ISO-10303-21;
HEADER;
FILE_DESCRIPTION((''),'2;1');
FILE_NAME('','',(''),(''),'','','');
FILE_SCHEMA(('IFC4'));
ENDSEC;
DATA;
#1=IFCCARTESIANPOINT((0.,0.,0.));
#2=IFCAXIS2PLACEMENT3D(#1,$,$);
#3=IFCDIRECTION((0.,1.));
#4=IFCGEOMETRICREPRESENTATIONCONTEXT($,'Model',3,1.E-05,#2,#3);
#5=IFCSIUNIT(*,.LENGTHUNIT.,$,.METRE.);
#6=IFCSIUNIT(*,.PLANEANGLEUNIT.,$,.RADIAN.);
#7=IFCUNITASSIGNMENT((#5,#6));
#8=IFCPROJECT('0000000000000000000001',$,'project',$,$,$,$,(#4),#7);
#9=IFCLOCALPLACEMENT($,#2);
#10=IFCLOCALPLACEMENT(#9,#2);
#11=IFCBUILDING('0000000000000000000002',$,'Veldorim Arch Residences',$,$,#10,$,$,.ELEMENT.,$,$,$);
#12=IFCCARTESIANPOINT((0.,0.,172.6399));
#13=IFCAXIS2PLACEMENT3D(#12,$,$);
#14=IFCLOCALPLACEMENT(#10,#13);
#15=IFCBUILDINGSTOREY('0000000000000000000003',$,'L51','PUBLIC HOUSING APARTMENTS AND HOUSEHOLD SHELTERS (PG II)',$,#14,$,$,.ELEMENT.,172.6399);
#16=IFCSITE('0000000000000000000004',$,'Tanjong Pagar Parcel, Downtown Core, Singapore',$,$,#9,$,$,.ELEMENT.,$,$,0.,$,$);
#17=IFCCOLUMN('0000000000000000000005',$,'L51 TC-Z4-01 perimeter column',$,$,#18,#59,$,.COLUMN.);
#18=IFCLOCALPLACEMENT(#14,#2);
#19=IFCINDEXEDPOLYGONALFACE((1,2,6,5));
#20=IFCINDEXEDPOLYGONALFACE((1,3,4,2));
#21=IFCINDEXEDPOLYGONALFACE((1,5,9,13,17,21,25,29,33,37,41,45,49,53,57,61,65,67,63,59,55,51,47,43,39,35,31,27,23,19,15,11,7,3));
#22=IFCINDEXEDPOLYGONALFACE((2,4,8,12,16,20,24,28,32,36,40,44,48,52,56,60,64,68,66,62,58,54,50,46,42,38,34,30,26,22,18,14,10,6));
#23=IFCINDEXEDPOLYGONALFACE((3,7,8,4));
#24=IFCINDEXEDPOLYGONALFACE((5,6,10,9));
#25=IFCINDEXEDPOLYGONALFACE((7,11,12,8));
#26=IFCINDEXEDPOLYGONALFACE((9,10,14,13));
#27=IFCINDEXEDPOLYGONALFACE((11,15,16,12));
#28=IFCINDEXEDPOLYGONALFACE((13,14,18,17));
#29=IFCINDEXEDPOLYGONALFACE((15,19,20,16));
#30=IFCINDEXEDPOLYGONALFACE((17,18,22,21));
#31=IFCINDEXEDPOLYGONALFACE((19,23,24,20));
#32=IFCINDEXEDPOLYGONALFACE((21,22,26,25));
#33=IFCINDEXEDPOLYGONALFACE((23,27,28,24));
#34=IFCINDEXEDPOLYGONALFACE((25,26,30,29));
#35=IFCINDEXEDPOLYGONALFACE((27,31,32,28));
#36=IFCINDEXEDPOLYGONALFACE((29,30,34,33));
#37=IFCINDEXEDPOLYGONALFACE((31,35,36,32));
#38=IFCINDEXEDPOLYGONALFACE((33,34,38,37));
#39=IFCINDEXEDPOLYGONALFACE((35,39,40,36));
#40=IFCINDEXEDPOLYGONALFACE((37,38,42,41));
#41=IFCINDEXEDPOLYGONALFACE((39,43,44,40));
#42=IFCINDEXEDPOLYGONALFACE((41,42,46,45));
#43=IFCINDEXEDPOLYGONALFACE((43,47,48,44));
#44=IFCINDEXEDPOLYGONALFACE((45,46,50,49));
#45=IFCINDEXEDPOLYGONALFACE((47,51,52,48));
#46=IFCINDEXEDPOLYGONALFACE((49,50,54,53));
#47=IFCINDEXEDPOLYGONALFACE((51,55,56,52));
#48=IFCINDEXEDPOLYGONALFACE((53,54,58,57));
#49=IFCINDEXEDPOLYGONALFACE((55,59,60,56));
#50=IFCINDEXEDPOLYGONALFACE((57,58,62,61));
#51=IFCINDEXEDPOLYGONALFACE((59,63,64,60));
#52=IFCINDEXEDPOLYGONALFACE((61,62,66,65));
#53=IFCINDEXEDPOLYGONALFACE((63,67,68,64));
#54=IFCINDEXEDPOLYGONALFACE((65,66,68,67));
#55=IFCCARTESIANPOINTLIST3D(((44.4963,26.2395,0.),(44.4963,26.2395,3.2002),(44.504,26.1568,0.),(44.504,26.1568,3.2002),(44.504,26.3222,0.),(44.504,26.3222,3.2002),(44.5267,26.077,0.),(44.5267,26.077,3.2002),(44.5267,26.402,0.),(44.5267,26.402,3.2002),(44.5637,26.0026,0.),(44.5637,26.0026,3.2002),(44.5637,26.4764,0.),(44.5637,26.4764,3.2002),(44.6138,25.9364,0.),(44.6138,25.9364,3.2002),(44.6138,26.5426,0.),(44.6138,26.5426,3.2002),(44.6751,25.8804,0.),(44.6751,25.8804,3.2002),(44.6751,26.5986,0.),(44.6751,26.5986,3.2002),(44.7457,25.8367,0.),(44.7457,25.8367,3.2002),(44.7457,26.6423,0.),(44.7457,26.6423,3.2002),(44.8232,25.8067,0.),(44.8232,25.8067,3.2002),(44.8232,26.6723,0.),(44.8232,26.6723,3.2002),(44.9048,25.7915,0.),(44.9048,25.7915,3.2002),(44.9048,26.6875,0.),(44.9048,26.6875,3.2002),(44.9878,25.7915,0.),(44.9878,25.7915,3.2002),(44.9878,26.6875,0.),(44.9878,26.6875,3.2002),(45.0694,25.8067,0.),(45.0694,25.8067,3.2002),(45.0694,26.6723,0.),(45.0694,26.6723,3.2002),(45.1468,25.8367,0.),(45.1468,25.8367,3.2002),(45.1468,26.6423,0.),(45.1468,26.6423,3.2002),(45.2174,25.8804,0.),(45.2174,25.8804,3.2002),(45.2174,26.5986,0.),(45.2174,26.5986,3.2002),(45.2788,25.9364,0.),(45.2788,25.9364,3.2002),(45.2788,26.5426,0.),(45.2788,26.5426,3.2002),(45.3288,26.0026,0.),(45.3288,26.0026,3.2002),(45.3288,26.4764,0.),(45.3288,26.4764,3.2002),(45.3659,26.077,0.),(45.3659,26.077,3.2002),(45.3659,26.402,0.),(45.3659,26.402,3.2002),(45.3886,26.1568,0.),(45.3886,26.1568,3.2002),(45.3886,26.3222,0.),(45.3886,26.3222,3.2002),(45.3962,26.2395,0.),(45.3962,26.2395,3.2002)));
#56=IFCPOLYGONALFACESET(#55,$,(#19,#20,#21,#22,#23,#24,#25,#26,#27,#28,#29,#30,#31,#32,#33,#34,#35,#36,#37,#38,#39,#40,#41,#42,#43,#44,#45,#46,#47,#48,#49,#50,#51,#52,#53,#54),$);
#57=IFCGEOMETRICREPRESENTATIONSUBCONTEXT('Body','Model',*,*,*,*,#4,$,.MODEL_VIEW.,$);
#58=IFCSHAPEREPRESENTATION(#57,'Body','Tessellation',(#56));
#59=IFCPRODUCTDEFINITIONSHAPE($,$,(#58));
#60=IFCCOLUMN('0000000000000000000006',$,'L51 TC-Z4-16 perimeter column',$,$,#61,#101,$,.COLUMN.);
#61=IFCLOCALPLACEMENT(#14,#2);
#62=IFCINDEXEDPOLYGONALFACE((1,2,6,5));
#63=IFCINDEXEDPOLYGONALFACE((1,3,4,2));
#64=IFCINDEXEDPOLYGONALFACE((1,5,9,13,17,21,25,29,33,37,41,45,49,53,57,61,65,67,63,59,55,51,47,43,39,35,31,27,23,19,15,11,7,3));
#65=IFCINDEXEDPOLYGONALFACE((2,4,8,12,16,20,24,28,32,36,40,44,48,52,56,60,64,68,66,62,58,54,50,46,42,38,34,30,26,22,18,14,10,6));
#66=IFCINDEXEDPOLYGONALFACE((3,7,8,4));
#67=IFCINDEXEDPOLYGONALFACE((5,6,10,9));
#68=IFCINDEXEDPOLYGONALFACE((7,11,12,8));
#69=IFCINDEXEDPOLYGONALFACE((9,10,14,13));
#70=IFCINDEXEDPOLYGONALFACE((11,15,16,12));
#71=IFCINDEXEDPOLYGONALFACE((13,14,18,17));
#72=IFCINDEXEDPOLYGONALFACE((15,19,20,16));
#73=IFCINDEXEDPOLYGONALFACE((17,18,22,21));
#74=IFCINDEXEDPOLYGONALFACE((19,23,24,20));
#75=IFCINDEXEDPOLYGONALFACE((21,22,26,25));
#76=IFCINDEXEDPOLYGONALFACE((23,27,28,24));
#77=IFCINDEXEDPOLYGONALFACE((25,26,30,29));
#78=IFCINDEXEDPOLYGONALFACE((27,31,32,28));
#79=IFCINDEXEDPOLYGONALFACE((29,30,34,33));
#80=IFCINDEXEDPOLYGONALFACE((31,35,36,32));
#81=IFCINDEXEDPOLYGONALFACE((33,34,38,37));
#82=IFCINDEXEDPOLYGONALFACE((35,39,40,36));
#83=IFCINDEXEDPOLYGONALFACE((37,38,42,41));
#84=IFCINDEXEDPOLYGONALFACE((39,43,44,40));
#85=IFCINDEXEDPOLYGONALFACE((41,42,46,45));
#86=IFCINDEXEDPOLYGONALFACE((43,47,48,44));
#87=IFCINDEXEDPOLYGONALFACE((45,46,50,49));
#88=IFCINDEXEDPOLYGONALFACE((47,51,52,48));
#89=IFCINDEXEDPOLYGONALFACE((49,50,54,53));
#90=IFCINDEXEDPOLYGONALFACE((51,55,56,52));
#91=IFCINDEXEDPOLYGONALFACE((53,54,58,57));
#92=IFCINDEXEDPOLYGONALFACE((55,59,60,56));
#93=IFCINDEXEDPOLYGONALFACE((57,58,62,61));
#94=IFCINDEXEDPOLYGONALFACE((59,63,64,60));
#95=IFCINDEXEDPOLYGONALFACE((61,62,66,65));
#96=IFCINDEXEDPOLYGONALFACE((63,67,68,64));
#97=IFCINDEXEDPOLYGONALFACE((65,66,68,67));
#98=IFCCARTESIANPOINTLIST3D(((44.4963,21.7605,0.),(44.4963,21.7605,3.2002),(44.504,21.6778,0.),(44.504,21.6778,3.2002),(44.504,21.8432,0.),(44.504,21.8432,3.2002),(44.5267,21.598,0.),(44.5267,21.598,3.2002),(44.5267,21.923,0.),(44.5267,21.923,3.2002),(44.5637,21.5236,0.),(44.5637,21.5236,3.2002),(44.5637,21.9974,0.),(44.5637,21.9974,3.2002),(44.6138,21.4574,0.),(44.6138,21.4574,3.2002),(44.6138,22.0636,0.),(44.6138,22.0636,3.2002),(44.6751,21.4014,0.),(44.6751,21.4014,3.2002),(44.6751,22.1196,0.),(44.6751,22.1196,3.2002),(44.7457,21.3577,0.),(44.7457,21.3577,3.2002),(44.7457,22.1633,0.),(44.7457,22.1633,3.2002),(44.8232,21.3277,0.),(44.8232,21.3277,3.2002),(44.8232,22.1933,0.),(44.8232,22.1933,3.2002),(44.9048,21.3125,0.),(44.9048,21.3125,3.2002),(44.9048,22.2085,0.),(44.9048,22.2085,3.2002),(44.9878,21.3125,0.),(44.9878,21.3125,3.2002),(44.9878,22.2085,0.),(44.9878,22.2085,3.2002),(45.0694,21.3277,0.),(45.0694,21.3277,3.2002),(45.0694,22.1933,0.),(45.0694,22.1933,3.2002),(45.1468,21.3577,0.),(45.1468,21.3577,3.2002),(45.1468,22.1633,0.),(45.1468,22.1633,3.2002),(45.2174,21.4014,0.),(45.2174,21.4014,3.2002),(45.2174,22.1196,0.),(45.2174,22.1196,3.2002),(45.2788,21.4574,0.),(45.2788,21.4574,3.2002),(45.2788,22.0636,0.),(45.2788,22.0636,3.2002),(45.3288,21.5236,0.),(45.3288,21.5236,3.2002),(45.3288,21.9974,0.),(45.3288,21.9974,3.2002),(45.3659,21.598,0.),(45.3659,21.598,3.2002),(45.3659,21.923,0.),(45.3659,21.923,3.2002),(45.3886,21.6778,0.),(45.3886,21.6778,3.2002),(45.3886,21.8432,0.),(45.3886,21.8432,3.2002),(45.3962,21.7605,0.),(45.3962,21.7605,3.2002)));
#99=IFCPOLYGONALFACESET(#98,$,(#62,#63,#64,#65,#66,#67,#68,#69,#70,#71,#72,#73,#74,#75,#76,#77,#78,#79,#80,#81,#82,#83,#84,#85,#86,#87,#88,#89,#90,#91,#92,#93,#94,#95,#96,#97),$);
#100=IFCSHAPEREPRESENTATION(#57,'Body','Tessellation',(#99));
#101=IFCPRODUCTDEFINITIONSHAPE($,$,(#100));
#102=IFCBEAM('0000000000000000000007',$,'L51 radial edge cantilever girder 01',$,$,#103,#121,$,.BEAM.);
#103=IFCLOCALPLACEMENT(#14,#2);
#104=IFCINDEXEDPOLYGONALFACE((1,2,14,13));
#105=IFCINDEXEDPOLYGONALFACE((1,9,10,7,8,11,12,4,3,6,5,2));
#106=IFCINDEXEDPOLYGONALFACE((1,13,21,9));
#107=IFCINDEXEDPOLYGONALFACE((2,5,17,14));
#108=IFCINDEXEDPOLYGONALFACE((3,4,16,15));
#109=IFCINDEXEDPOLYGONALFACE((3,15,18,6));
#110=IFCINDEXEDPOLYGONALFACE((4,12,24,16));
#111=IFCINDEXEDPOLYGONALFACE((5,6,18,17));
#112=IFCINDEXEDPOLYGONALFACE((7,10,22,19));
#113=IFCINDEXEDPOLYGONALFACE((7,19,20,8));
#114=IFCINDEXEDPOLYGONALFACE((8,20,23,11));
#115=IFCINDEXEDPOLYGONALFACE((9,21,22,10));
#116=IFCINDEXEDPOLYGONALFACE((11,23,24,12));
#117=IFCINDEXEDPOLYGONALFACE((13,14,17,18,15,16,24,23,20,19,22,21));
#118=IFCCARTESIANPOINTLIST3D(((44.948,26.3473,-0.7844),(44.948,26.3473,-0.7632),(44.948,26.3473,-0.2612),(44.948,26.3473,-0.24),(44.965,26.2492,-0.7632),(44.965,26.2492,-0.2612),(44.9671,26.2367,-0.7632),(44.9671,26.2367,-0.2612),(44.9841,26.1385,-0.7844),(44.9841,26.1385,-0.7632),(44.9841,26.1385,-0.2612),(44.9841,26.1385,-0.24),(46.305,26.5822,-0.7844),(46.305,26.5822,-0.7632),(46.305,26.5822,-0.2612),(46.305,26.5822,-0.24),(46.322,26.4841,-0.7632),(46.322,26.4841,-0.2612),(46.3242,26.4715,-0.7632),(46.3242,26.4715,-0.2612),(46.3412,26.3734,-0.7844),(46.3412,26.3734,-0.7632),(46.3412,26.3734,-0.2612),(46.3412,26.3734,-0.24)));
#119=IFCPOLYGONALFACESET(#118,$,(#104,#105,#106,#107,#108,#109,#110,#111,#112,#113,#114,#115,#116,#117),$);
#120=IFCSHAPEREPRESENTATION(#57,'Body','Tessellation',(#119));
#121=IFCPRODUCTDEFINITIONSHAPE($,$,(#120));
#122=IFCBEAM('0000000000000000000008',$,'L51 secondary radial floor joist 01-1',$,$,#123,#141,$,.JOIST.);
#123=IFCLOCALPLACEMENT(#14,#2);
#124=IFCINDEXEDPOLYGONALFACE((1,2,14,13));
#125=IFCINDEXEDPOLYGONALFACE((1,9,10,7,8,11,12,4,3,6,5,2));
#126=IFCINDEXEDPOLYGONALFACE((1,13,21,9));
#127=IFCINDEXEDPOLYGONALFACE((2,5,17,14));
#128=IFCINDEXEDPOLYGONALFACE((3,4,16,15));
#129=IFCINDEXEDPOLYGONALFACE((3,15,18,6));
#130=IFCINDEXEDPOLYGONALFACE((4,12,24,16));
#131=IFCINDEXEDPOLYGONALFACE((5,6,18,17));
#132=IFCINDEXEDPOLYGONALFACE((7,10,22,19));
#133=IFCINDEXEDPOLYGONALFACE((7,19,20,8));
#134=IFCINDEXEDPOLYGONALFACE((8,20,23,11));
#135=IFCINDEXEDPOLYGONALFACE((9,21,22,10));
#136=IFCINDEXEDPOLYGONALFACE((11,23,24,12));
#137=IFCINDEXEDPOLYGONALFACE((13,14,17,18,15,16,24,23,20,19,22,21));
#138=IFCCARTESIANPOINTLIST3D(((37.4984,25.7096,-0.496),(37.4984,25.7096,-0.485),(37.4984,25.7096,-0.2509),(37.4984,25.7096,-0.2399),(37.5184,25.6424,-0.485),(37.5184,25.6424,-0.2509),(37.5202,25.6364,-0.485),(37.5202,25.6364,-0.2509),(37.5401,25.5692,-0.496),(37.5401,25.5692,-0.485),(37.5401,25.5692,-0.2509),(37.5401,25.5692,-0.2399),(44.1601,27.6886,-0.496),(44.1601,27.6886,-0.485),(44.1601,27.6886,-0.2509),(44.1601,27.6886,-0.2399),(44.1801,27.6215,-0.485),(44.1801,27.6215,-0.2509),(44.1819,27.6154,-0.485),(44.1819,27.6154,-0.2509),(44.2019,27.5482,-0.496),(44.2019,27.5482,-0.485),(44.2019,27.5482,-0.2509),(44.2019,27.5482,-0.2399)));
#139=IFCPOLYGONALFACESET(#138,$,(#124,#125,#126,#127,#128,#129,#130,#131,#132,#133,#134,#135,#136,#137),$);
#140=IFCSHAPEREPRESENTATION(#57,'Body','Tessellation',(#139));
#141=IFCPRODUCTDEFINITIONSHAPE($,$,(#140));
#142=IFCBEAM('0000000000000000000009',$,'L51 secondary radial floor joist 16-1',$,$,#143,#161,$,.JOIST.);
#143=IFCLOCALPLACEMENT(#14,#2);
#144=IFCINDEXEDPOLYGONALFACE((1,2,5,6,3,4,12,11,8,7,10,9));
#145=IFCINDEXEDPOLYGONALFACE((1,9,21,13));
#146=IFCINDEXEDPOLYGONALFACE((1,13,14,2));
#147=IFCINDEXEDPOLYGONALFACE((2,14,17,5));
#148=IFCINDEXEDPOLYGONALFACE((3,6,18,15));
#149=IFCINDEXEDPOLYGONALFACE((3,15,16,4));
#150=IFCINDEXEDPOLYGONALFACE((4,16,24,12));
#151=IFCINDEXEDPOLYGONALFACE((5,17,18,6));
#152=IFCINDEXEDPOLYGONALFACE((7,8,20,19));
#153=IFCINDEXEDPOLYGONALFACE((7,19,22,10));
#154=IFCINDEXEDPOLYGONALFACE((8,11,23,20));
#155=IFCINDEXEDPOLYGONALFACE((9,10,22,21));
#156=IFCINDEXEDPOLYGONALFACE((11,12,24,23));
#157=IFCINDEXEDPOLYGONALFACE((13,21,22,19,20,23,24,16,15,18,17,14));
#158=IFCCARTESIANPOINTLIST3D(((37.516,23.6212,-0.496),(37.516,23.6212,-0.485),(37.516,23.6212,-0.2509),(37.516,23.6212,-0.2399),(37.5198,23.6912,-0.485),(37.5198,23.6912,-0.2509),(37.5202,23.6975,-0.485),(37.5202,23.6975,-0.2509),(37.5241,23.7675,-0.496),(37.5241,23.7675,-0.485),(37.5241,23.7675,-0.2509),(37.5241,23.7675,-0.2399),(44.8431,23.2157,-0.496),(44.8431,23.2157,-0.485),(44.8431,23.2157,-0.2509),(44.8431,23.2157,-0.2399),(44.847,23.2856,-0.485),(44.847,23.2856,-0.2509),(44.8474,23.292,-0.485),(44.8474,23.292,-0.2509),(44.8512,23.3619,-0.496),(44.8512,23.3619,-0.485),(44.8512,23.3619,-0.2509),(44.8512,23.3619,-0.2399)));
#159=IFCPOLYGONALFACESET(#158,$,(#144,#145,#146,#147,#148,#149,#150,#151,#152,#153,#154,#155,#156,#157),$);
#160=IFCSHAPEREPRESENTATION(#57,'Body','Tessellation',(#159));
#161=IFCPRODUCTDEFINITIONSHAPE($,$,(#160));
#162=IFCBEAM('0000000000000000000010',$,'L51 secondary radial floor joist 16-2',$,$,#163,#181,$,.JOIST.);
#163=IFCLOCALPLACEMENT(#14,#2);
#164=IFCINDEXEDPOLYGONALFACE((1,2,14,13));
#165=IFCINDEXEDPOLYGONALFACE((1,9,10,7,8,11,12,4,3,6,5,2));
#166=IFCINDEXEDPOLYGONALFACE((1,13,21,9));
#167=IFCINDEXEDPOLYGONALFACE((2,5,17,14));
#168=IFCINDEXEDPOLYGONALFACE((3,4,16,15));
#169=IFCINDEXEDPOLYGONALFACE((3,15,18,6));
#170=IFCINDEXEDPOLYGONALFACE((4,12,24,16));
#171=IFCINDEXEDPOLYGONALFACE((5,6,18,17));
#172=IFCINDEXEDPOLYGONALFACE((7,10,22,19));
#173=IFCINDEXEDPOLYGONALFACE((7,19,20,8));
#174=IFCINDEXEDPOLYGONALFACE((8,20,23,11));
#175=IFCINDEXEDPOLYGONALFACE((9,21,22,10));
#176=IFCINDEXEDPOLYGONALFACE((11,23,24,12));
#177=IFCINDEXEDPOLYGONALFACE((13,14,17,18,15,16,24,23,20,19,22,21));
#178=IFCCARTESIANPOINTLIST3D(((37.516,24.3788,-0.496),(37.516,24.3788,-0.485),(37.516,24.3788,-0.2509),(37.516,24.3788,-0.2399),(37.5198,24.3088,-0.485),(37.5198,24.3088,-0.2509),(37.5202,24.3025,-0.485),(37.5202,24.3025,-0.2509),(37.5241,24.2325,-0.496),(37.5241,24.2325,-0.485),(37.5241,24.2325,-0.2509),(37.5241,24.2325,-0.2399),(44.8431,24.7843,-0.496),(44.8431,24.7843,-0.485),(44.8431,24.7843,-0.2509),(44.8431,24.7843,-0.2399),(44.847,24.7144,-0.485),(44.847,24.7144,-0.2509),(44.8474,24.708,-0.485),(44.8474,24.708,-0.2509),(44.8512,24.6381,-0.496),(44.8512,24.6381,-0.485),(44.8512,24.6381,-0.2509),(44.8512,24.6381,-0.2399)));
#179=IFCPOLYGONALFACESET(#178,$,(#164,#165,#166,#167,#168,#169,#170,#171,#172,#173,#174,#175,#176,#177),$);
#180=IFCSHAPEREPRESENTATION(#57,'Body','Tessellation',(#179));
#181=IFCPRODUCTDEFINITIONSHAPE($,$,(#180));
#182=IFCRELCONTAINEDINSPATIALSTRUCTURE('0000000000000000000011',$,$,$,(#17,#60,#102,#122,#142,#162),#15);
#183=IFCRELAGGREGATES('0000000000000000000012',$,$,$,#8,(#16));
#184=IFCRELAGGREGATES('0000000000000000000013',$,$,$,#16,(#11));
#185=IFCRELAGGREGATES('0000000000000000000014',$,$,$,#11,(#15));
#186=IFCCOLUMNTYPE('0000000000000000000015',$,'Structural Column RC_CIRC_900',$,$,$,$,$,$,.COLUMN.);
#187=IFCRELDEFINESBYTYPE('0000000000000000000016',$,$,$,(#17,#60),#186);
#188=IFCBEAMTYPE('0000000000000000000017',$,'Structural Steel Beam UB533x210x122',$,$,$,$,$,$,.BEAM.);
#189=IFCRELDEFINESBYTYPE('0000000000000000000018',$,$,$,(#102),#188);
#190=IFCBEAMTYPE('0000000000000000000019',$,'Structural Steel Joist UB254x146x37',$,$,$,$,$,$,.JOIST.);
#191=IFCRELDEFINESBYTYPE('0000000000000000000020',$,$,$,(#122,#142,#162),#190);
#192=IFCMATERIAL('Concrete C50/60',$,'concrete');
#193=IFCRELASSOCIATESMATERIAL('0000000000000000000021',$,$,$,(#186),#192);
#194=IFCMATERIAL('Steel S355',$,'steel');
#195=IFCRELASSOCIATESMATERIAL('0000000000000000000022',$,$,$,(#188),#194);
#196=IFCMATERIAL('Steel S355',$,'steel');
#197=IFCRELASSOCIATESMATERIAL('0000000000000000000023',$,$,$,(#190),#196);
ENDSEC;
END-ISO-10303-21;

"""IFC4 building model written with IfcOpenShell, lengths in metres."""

from ifc_helpers import new_model, si_unit, direction, frame, origin, origin_2d, place, context, subcontext, project, spatial, circle, i_section, extrude, material, material_profile, profile_set, type_object, element, save


model = new_model("IFC4")

# Units and contexts
model_context = context("Model", 3, precision=1e-05, world=origin(), true_north=direction((0.0, 1.0)))
body_context = subcontext(model_context, "Body", "Model", "MODEL_VIEW")
ifc_project = project(units=[si_unit("LENGTHUNIT", "METRE"), si_unit("PLANEANGLEUNIT", "RADIAN")], contexts=[model_context])

# Site, building, storey
site_placement = place(None, origin())
site = spatial("IfcSite", under=ifc_project, at=site_placement, Name="Tanjong Pagar Parcel, Downtown Core, Singapore", CompositionType="ELEMENT", RefElevation=0.0)
building_placement = place(site_placement, origin())
building = spatial("IfcBuilding", under=site, at=building_placement, Name="Veldorim Arch Residences", CompositionType="ELEMENT")
storey_placement = place(building_placement, frame((0.0, 0.0, 172.6399)))
storey = spatial("IfcBuildingStorey", under=building, at=storey_placement, Name="L51", Description="PUBLIC HOUSING APARTMENTS AND HOUSEHOLD SHELTERS (PG II)", CompositionType="ELEMENT", Elevation=172.6399)

# Columns
ifc_material_1 = material(Name="Concrete C50/60", Category="concrete")
ifc_material_profile_1 = material_profile(ifc_material_1, circle(Radius=0.45, at=origin_2d()), Name="RC_CIRC_900")
ifc_profile_set_1 = profile_set([ifc_material_profile_1], Name="Concrete C50/60")
column_type = type_object("IfcColumnType", Name="Structural Column RC_CIRC_900", PredefinedType="COLUMN", material=ifc_profile_set_1)
for number, where, z_axis, x_axis, name in (
    (1, (44.9463, 26.2395, 0.0), (0.0, 0.0, 1.0), (1.0, 0.0, 0.0), "L51 TC-Z4-01 perimeter column"),
    (2, (44.9463, 21.7605, 0.0), (0.0, 0.0, 1.0), (1.0, 0.0, 0.0), "L51 TC-Z4-16 perimeter column"),
):
    element("IfcColumn", number, at=place(storey_placement, frame(where, z_axis=z_axis, x_axis=x_axis)), inside=storey, type_object=column_type, Name=name, PredefinedType="COLUMN", context=body_context, shape_type="SweptSolid", body=[
        extrude(circle(Radius=0.45, at=origin_2d()), origin(), (0.0, 0.0, 1.0), 3.2002),
    ])

# Beams
ifc_material_2 = material(Name="Steel S355", Category="steel")
ifc_material_profile_2 = material_profile(ifc_material_2, i_section(OverallWidth=0.2119, OverallDepth=0.5444, WebThickness=0.0127, FlangeThickness=0.0212, at=origin_2d()), Name="UB533x210x122")
ifc_profile_set_2 = profile_set([ifc_material_profile_2], Name="Steel S355")
beam_type_1 = type_object("IfcBeamType", Name="Structural Steel Beam UB533x210x122", PredefinedType="BEAM", material=ifc_profile_set_2)
beam_1_placement = place(storey_placement, frame((44.9661, 26.2429, -0.5122), z_axis=(0.985349, 0.170548, 0.0), x_axis=(-0.170548, 0.985349, 0.0)))
element("IfcBeam", 3, at=beam_1_placement, inside=storey, type_object=beam_type_1, Name="L51 radial edge cantilever girder 01", PredefinedType="BEAM", context=body_context, shape_type="SweptSolid", body=[
    extrude(i_section(OverallWidth=0.2119, OverallDepth=0.5444, WebThickness=0.0127, FlangeThickness=0.0212, at=origin_2d()), origin(), (0.0, 0.0, 1.0), 1.3772),
])
ifc_material_3 = material(Name="Steel S355", Category="steel")
ifc_material_profile_3 = material_profile(ifc_material_3, i_section(OverallWidth=0.1465, OverallDepth=0.2561, WebThickness=0.0063, FlangeThickness=0.011, at=origin_2d()), Name="UB254x146x37")
ifc_profile_set_3 = profile_set([ifc_material_profile_3], Name="Steel S355")
beam_type_2 = type_object("IfcBeamType", Name="Structural Steel Joist UB254x146x37", PredefinedType="JOIST", material=ifc_profile_set_3)
beam_2_placement = place(storey_placement, frame((37.5193, 25.6394, -0.3679), z_axis=(0.958594, 0.284775, 0.0), x_axis=(-0.284775, 0.958594, 0.0)))
element("IfcBeam", 4, at=beam_2_placement, inside=storey, type_object=beam_type_2, Name="L51 secondary radial floor joist 01-1", PredefinedType="JOIST", context=body_context, shape_type="SweptSolid", body=[
    extrude(i_section(OverallWidth=0.1465, OverallDepth=0.2561, WebThickness=0.0063, FlangeThickness=0.011, at=origin_2d()), origin(), (0.0, 0.0, 1.0), 6.9495),
])
for number, where, z_axis, x_axis, name in (
    (5, (37.52, 23.6943, -0.3679), (0.998472, -0.05526, 0.0), (0.05526, 0.998472, 0.0), "L51 secondary radial floor joist 16-1"),
    (6, (37.52, 24.3057, -0.3679), (0.998472, 0.05526, 0.0), (-0.05526, 0.998472, 0.0), "L51 secondary radial floor joist 16-2"),
):
    element("IfcBeam", number, at=place(storey_placement, frame(where, z_axis=z_axis, x_axis=x_axis)), inside=storey, type_object=beam_type_2, Name=name, PredefinedType="JOIST", context=body_context, shape_type="SweptSolid", body=[
        extrude(i_section(OverallWidth=0.1465, OverallDepth=0.2561, WebThickness=0.0063, FlangeThickness=0.011, at=origin_2d()), origin(), (0.0, 0.0, 1.0), 7.3384),
    ])

save(model, "model.ifc")
